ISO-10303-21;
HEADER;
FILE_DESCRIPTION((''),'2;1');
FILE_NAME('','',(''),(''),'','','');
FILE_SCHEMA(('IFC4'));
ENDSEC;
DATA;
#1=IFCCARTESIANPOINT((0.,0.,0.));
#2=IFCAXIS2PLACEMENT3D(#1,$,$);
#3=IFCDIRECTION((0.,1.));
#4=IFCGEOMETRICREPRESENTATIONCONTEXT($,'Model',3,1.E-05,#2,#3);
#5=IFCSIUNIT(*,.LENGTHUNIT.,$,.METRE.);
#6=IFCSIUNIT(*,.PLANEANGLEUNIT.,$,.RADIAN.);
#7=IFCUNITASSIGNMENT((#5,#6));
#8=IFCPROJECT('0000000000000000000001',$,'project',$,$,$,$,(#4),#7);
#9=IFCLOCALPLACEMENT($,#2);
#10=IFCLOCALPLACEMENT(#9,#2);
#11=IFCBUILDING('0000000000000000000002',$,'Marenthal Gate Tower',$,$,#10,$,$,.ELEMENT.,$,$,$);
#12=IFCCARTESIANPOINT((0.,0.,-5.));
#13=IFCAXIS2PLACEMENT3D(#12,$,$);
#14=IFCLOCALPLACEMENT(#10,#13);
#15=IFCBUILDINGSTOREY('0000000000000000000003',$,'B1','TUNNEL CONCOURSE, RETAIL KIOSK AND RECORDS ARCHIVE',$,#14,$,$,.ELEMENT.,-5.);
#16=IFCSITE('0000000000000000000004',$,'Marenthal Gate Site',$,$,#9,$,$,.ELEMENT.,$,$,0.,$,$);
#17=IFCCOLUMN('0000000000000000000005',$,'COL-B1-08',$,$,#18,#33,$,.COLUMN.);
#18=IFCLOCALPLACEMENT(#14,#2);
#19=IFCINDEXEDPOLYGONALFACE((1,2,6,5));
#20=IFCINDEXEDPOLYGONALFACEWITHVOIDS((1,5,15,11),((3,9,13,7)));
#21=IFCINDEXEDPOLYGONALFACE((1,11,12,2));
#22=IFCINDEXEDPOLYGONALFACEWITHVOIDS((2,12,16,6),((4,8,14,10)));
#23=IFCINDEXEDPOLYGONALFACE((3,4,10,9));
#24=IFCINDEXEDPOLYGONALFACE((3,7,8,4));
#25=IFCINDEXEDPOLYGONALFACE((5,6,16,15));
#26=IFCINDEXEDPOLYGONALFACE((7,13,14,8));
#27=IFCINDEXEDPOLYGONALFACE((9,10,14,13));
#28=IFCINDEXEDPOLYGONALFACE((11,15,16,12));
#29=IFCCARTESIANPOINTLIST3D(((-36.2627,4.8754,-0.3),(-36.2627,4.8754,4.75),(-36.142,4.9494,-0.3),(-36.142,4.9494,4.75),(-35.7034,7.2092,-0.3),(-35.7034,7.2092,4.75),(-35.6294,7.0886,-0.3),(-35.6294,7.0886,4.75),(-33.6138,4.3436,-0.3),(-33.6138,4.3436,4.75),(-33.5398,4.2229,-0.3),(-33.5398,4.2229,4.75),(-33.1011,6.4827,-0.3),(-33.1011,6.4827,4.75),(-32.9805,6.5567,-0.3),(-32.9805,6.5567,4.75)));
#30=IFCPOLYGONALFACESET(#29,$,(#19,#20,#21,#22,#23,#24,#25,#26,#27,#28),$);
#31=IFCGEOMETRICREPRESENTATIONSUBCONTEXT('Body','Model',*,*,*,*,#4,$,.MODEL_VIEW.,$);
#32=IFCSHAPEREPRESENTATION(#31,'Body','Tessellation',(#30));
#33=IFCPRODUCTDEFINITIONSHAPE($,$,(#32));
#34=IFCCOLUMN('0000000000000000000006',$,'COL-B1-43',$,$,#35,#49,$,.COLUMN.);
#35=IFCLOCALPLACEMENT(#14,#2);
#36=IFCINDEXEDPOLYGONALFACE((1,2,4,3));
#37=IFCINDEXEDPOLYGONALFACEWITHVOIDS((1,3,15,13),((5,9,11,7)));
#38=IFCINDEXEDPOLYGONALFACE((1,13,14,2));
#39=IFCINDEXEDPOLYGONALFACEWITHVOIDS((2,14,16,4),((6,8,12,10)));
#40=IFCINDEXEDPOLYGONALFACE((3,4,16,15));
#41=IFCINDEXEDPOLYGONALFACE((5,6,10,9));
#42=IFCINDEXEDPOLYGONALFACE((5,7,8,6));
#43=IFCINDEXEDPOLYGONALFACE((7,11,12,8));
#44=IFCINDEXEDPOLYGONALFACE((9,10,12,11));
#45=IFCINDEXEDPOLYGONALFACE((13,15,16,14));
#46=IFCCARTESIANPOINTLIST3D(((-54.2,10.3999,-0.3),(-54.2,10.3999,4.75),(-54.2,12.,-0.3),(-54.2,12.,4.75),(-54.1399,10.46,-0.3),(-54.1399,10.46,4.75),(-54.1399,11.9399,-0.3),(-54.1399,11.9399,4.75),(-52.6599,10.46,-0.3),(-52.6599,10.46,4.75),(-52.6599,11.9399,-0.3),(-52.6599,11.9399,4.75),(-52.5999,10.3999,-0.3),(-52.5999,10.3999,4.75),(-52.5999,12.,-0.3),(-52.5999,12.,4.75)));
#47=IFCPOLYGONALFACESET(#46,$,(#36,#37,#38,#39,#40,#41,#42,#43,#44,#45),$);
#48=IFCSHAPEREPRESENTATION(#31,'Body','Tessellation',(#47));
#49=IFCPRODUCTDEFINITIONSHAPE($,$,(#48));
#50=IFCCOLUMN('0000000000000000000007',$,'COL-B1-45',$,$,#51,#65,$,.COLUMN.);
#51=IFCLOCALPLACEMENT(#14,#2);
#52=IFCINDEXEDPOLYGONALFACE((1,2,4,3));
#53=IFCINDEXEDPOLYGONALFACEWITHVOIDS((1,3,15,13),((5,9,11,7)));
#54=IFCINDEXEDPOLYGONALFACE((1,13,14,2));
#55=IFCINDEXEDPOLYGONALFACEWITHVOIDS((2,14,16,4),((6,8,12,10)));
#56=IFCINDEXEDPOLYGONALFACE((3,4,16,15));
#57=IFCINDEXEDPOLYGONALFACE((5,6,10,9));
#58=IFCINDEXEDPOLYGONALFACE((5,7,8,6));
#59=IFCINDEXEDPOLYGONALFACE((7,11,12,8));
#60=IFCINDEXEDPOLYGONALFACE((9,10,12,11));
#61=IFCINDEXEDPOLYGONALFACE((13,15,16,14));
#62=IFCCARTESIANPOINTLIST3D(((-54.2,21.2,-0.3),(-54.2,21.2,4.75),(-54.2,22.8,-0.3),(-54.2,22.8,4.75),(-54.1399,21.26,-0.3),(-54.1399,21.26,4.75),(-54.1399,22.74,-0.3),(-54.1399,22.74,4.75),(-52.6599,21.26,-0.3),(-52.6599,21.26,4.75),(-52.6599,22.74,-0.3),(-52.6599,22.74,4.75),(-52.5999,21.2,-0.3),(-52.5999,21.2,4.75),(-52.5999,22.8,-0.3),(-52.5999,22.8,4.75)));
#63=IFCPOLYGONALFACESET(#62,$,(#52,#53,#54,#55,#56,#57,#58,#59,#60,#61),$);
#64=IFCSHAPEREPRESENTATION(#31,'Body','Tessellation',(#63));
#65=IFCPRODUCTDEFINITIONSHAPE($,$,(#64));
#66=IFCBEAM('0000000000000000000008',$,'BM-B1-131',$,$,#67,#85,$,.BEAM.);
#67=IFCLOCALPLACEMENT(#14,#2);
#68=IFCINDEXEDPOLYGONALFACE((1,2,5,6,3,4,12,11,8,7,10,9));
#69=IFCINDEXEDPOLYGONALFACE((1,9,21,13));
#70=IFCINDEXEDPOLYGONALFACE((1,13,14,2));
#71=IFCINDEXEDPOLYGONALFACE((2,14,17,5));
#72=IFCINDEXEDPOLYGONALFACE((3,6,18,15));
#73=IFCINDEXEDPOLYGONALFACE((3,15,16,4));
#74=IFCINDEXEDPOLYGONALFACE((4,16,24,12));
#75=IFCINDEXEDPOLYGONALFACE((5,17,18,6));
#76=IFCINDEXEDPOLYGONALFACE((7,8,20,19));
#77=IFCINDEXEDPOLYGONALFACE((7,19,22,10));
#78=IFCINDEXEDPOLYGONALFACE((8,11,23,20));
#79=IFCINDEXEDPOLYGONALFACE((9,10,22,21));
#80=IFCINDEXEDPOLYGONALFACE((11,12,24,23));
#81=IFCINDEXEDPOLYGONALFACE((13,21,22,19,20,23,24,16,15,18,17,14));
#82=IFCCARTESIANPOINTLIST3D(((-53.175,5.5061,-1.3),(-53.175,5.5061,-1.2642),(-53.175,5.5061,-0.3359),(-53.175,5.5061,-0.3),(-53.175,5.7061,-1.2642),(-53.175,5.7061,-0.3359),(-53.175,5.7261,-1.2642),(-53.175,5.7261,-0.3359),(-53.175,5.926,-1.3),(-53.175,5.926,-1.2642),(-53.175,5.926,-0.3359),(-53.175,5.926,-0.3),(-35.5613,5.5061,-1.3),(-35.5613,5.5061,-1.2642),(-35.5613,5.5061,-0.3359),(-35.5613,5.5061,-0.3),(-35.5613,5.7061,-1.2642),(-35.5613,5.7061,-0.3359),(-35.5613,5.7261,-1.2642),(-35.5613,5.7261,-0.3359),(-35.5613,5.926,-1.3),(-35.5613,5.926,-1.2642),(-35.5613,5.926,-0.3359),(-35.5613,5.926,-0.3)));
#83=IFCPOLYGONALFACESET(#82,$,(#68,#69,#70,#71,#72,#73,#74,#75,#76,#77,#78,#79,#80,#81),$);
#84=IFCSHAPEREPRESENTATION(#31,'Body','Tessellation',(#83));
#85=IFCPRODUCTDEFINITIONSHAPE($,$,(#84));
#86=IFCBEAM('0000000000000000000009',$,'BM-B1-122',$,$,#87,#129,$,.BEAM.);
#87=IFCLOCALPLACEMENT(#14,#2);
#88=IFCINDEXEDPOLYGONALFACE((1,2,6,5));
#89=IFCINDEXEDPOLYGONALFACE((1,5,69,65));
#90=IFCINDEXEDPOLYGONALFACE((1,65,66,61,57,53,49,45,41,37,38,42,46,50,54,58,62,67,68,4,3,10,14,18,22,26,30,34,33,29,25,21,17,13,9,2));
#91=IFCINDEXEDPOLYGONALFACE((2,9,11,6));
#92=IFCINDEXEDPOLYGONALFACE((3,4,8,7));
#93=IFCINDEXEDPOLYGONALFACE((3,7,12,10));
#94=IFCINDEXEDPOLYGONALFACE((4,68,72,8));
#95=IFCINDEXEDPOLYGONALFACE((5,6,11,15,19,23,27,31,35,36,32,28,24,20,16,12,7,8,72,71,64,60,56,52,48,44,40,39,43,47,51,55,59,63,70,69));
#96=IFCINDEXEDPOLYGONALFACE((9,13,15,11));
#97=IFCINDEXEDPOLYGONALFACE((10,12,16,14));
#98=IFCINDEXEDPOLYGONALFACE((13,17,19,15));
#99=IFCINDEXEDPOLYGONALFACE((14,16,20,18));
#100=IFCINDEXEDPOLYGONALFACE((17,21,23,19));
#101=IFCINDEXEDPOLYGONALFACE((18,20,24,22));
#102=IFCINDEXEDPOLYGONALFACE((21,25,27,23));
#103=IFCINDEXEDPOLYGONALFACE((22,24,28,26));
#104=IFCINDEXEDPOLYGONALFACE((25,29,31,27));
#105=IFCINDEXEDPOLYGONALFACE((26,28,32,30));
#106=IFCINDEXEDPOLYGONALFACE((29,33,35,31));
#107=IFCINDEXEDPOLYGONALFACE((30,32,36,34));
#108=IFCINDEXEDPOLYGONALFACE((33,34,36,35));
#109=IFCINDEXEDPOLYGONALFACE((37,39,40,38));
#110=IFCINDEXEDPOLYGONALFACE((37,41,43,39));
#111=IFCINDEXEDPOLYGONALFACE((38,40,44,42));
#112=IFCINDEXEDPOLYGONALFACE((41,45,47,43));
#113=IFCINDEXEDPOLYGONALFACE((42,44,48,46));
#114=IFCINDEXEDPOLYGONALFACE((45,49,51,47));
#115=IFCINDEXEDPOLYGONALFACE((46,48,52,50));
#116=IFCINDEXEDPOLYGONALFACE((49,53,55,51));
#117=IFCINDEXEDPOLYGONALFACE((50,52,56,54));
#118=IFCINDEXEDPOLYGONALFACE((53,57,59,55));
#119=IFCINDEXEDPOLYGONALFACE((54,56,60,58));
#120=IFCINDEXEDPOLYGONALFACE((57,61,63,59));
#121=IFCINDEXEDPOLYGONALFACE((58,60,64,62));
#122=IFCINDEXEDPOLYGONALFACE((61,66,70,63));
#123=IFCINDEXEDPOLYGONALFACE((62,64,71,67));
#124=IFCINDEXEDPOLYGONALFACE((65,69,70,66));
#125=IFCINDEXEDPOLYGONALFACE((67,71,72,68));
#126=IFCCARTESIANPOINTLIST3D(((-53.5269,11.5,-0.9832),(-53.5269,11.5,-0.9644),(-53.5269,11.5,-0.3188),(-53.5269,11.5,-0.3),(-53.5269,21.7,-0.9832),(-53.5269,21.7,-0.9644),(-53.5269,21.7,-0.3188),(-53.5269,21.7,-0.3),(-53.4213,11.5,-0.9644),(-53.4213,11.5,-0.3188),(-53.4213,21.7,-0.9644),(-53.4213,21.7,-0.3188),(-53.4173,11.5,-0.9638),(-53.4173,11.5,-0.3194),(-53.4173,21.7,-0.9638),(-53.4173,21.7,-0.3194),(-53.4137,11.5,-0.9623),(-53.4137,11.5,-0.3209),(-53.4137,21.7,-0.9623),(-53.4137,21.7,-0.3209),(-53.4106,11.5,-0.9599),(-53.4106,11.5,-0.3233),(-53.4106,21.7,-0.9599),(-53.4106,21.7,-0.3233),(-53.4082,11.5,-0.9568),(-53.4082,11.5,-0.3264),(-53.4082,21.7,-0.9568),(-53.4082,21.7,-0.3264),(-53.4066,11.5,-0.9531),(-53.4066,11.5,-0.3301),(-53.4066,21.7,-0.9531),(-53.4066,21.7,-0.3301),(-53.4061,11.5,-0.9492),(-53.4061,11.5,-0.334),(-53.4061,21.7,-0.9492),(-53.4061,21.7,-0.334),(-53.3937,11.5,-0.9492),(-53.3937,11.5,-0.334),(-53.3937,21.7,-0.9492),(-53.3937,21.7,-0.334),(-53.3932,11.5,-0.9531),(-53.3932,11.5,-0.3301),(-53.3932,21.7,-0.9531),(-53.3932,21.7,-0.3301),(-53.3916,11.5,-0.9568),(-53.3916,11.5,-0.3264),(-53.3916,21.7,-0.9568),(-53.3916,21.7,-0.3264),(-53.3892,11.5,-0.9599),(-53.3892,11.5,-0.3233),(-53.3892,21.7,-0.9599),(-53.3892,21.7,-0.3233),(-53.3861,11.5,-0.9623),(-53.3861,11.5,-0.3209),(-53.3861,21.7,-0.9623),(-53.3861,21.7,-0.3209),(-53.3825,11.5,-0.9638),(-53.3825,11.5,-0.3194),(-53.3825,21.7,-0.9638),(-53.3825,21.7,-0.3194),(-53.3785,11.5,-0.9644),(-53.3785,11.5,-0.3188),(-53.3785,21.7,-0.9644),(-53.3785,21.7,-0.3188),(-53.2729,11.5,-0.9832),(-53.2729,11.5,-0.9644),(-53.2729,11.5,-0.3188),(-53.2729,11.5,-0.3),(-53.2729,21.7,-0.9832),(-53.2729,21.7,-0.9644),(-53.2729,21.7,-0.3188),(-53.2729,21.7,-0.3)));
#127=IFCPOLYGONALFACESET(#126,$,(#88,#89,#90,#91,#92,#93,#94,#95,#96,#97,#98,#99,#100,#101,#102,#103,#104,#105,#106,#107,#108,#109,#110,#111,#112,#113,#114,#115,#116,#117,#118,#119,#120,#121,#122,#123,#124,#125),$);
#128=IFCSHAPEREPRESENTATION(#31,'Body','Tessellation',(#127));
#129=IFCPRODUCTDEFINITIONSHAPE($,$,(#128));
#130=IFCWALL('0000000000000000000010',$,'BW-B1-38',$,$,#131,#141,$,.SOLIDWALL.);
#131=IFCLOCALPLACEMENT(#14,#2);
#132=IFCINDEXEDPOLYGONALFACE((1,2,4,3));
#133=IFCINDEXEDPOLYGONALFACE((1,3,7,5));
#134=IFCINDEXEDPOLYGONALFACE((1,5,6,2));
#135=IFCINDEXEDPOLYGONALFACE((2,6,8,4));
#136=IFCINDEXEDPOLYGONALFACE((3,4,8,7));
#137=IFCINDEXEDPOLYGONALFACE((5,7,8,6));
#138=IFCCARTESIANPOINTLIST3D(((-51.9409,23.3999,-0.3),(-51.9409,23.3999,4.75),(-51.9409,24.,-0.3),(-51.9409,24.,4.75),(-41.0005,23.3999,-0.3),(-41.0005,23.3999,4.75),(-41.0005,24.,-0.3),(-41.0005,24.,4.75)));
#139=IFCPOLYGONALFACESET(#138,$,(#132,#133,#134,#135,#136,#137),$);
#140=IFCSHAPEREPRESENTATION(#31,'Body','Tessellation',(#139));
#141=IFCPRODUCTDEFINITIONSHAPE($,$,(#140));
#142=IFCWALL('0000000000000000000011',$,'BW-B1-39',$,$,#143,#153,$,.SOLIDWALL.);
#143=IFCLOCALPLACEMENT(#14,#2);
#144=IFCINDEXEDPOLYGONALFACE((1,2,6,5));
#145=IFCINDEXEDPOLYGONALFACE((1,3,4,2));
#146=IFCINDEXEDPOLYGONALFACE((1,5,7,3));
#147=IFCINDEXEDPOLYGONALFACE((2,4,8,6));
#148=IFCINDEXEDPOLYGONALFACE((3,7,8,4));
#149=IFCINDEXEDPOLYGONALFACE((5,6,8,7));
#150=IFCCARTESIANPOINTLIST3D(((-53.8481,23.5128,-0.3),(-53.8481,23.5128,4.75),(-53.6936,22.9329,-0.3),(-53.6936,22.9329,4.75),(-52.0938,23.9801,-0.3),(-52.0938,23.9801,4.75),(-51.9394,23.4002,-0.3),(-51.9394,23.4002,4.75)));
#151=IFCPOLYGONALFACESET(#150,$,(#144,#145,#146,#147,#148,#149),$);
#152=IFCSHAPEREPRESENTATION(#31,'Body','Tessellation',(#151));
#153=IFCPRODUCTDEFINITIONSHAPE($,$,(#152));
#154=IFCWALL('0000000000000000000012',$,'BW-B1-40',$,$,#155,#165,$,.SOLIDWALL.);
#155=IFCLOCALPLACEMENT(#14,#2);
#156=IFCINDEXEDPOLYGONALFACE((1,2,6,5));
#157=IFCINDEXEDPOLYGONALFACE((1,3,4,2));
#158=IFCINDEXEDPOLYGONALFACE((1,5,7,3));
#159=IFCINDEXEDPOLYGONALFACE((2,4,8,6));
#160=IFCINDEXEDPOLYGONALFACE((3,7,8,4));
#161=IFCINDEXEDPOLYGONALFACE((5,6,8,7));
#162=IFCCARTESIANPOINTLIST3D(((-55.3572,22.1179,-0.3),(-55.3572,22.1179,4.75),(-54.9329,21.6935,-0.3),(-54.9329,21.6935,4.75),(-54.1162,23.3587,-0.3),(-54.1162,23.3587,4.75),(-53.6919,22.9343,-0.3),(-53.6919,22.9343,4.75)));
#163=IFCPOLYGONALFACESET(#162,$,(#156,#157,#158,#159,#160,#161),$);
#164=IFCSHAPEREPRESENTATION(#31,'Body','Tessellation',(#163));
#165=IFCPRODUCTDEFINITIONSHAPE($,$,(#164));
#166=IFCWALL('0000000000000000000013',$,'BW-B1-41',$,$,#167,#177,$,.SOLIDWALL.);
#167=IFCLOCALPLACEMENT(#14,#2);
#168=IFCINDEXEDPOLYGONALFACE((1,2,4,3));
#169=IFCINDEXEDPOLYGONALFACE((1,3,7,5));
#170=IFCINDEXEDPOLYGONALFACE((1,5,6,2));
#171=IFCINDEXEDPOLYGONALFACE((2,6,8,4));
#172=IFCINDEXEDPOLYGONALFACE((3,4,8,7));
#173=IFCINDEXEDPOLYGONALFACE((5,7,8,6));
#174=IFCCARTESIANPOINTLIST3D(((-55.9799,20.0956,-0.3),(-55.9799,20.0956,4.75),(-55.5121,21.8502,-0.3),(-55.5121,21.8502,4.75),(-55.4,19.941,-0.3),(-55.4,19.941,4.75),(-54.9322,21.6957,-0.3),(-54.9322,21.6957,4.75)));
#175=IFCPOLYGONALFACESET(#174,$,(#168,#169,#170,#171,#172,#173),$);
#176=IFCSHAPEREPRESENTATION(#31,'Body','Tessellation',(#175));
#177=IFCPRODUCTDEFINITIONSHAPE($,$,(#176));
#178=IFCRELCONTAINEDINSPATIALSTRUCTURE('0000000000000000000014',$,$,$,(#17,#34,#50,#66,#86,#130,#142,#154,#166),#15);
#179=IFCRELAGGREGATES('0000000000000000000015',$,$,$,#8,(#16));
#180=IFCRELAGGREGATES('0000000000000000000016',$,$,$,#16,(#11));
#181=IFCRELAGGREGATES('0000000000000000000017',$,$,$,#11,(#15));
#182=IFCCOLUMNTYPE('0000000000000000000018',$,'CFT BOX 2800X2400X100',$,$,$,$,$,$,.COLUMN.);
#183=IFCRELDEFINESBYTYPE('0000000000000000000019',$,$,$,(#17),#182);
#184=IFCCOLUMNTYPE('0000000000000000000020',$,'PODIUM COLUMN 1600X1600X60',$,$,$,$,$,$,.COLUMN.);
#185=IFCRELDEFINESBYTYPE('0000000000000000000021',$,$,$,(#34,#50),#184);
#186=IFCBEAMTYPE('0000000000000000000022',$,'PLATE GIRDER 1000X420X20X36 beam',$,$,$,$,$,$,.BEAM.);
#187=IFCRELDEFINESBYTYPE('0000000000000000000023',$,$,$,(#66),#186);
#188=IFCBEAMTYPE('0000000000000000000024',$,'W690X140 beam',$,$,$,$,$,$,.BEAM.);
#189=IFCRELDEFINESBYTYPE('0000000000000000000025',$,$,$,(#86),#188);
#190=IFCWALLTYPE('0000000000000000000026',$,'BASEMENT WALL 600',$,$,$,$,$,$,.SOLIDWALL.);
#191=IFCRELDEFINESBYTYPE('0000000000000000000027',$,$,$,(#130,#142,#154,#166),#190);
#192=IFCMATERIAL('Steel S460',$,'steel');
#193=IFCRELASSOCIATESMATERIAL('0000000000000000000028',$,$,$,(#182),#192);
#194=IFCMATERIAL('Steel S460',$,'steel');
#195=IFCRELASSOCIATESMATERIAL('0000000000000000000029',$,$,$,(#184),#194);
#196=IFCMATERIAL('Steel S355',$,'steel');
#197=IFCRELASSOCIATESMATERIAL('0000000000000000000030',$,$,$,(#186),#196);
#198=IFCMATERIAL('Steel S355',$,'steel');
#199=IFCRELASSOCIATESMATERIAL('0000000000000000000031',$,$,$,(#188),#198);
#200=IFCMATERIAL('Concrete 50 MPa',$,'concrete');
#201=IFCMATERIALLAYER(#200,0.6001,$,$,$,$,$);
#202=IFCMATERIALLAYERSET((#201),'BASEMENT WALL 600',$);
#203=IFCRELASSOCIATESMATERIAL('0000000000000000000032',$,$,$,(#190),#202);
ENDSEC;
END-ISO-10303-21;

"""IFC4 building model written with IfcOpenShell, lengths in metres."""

from ifc_helpers import new_model, si_unit, direction, frame, frame_2d, origin, origin_2d, place, context, subcontext, project, spatial, rectangle, hollow_rectangle, i_section, extrude, material, layer, layer_set, material_profile, profile_set, type_object, element, save


model = new_model("IFC4")

# Units and contexts
model_context = context("Model", 3, precision=1e-05, world=origin(), true_north=direction((0.0, 1.0)))
body_context = subcontext(model_context, "Body", "Model", "MODEL_VIEW")
ifc_project = project(units=[si_unit("LENGTHUNIT", "METRE"), si_unit("PLANEANGLEUNIT", "RADIAN")], contexts=[model_context])

# Site, building, storey
site_placement = place(None, origin())
site = spatial("IfcSite", under=ifc_project, at=site_placement, Name="Marenthal Gate Site", CompositionType="ELEMENT", RefElevation=0.0)
building_placement = place(site_placement, origin())
building = spatial("IfcBuilding", under=site, at=building_placement, Name="Marenthal Gate Tower", CompositionType="ELEMENT")
storey_placement = place(building_placement, frame((0.0, 0.0, -5.0)))
storey = spatial("IfcBuildingStorey", under=building, at=storey_placement, Name="B1", Description="TUNNEL CONCOURSE, RETAIL KIOSK AND RECORDS ARCHIVE", CompositionType="ELEMENT", Elevation=-5.0)

# Columns
ifc_material_1 = material(Name="Steel S460", Category="steel")
ifc_material_profile_1 = material_profile(ifc_material_1, hollow_rectangle(XDim=2.3999, YDim=2.8, WallThickness=0.1001, at=origin_2d()), Name="CFT BOX 2800X2400X100")
ifc_material_2 = material(Name="Concrete 70 MPa", Category="concrete")
ifc_material_profile_2 = material_profile(ifc_material_2, rectangle(XDim=2.2, YDim=2.6001, at=origin_2d()), Name="CFT BOX 2800X2400X100 INFILL")
ifc_profile_set_1 = profile_set([ifc_material_profile_1, ifc_material_profile_2], Name="Steel S460 shell, Concrete 70 MPa infill")
column_type_1 = type_object("IfcColumnType", Name="CFT BOX 2800X2400X100", PredefinedType="COLUMN", material=ifc_profile_set_1)
column_placement = place(storey_placement, frame((-34.6216, 5.7161, -0.3), z_axis=(0.0, 0.0, 1.0), x_axis=(0.233047, 0.972466, 0.0)))
element("IfcColumn", 1, at=column_placement, inside=storey, type_object=column_type_1, Name="COL-B1-08", PredefinedType="COLUMN", context=body_context, shape_type="SweptSolid", body=[
    extrude(hollow_rectangle(XDim=2.3999, YDim=2.8, WallThickness=0.1001, at=origin_2d()), origin(), (0.0, 0.0, 1.0), 5.05),
])
ifc_material_3 = material(Name="Steel S460", Category="steel")
ifc_material_profile_3 = material_profile(ifc_material_3, hollow_rectangle(XDim=1.6001, YDim=1.6001, WallThickness=0.0601, at=origin_2d()), Name="CFT BOX 1600X1600X60")
ifc_material_4 = material(Name="Concrete 70 MPa", Category="concrete")
ifc_material_profile_4 = material_profile(ifc_material_4, rectangle(XDim=1.48, YDim=1.48, at=origin_2d()), Name="CFT BOX 1600X1600X60 INFILL")
ifc_profile_set_2 = profile_set([ifc_material_profile_3, ifc_material_profile_4], Name="Steel S460 shell, Concrete 70 MPa infill")
column_type_2 = type_object("IfcColumnType", Name="PODIUM COLUMN 1600X1600X60", PredefinedType="COLUMN", material=ifc_profile_set_2)
for number, where, z_axis, x_axis, name in (
    (2, (-53.3999, 11.2, -0.3), (0.0, 0.0, 1.0), (1.0, 0.0, 0.0), "COL-B1-43"),
    (3, (-53.3999, 22.0, -0.3), (0.0, 0.0, 1.0), (1.0, 0.0, 0.0), "COL-B1-45"),
):
    element("IfcColumn", number, at=place(storey_placement, frame(where, z_axis=z_axis, x_axis=x_axis)), inside=storey, type_object=column_type_2, Name=name, PredefinedType="COLUMN", context=body_context, shape_type="SweptSolid", body=[
        extrude(hollow_rectangle(XDim=1.6001, YDim=1.6001, WallThickness=0.0601, at=origin_2d()), origin(), (0.0, 0.0, 1.0), 5.05),
    ])

# Beams
ifc_material_5 = material(Name="Steel S355", Category="steel")
ifc_material_profile_5 = material_profile(ifc_material_5, i_section(OverallWidth=0.4199, OverallDepth=1.0, WebThickness=0.02, FlangeThickness=0.0359, at=origin_2d()), Name="PLATE GIRDER 1000X420X20X36")
ifc_profile_set_3 = profile_set([ifc_material_profile_5], Name="Steel S355")
beam_type_1 = type_object("IfcBeamType", Name="PLATE GIRDER 1000X420X20X36 beam", PredefinedType="BEAM", material=ifc_profile_set_3)
beam_1_placement = place(storey_placement, frame((-35.5613, 5.7161, -0.8), z_axis=(-1.0, 0.0, 0.0), x_axis=(0.0, -1.0, 0.0)))
element("IfcBeam", 4, at=beam_1_placement, inside=storey, type_object=beam_type_1, Name="BM-B1-131", PredefinedType="BEAM", context=body_context, shape_type="SweptSolid", body=[
    extrude(i_section(OverallWidth=0.4199, OverallDepth=1.0, WebThickness=0.02, FlangeThickness=0.0359, at=origin_2d()), origin(), (0.0, 0.0, 1.0), 17.6138),
])
ifc_material_6 = material(Name="Steel S355", Category="steel")
ifc_material_profile_6 = material_profile(ifc_material_6, i_section(OverallWidth=0.2539, OverallDepth=0.6831, WebThickness=0.0125, FlangeThickness=0.0188, FilletRadius=0.0151, at=origin_2d()), Name="W690X140")
ifc_profile_set_4 = profile_set([ifc_material_profile_6], Name="Steel S355")
beam_type_2 = type_object("IfcBeamType", Name="W690X140 beam", PredefinedType="BEAM", material=ifc_profile_set_4)
beam_2_placement = place(storey_placement, frame((-53.3999, 11.5, -0.6416), z_axis=(0.0, 1.0, 0.0), x_axis=(-1.0, 0.0, 0.0)))
element("IfcBeam", 5, at=beam_2_placement, inside=storey, type_object=beam_type_2, Name="BM-B1-122", PredefinedType="BEAM", context=body_context, shape_type="SweptSolid", body=[
    extrude(i_section(OverallWidth=0.2539, OverallDepth=0.6831, WebThickness=0.0125, FlangeThickness=0.0188, FilletRadius=0.0151, at=origin_2d()), origin(), (0.0, 0.0, 1.0), 10.2),
])

# Walls
ifc_material_7 = material(Name="Concrete 50 MPa", Category="concrete")
ifc_layer_1 = layer(ifc_material_7, 0.6001)
ifc_layer_set_1 = layer_set([ifc_layer_1], Name="BASEMENT WALL 600")
wall_type_1 = type_object("IfcWallType", Name="BASEMENT WALL 600", PredefinedType="SOLIDWALL", material=ifc_layer_set_1)
wall_1_placement = place(storey_placement, frame((-41.0005, 23.7, -0.3), z_axis=(0.0, 0.0, 1.0), x_axis=(-1.0, 0.0, 0.0)))
element("IfcWall", 6, at=wall_1_placement, inside=storey, type_object=wall_type_1, Name="BW-B1-38", PredefinedType="SOLIDWALL", context=body_context, shape_type="SweptSolid", body=[
    extrude(rectangle(XDim=10.9404, YDim=0.6001, at=frame_2d((5.4702, 0.0))), origin(), (0.0, 0.0, 1.0), 5.05),
])
wall_2_placement = place(storey_placement, frame((-52.0166, 23.6902, -0.3), z_axis=(0.0, 0.0, 1.0), x_axis=(-0.966302, -0.257412, 0.0)))
element("IfcWall", 7, at=wall_2_placement, inside=storey, type_object=wall_type_1, Name="BW-B1-39", PredefinedType="SOLIDWALL", context=body_context, shape_type="SweptSolid", body=[
    extrude(rectangle(XDim=1.8154, YDim=0.6001, at=frame_2d((0.9077, 0.0))), origin(), (0.0, 0.0, 1.0), 5.05),
])
wall_3_placement = place(storey_placement, frame((-53.9041, 23.1465, -0.3), z_axis=(0.0, 0.0, 1.0), x_axis=(-0.707176, -0.707037, 0.0)))
element("IfcWall", 8, at=wall_3_placement, inside=storey, type_object=wall_type_1, Name="BW-B1-40", PredefinedType="SOLIDWALL", context=body_context, shape_type="SweptSolid", body=[
    extrude(rectangle(XDim=1.7549, YDim=0.6001, at=frame_2d((0.8774, 0.0))), origin(), (0.0, 0.0, 1.0), 5.05),
])
wall_4_placement = place(storey_placement, frame((-55.2222, 21.7729, -0.3), z_axis=(0.0, 0.0, 1.0), x_axis=(-0.257596, -0.966253, 0.0)))
element("IfcWall", 9, at=wall_4_placement, inside=storey, type_object=wall_type_1, Name="BW-B1-41", PredefinedType="SOLIDWALL", context=body_context, shape_type="SweptSolid", body=[
    extrude(rectangle(XDim=1.8159, YDim=0.6001, at=frame_2d((0.908, 0.0))), origin(), (0.0, 0.0, 1.0), 5.05),
])

save(model, "model.ifc")
